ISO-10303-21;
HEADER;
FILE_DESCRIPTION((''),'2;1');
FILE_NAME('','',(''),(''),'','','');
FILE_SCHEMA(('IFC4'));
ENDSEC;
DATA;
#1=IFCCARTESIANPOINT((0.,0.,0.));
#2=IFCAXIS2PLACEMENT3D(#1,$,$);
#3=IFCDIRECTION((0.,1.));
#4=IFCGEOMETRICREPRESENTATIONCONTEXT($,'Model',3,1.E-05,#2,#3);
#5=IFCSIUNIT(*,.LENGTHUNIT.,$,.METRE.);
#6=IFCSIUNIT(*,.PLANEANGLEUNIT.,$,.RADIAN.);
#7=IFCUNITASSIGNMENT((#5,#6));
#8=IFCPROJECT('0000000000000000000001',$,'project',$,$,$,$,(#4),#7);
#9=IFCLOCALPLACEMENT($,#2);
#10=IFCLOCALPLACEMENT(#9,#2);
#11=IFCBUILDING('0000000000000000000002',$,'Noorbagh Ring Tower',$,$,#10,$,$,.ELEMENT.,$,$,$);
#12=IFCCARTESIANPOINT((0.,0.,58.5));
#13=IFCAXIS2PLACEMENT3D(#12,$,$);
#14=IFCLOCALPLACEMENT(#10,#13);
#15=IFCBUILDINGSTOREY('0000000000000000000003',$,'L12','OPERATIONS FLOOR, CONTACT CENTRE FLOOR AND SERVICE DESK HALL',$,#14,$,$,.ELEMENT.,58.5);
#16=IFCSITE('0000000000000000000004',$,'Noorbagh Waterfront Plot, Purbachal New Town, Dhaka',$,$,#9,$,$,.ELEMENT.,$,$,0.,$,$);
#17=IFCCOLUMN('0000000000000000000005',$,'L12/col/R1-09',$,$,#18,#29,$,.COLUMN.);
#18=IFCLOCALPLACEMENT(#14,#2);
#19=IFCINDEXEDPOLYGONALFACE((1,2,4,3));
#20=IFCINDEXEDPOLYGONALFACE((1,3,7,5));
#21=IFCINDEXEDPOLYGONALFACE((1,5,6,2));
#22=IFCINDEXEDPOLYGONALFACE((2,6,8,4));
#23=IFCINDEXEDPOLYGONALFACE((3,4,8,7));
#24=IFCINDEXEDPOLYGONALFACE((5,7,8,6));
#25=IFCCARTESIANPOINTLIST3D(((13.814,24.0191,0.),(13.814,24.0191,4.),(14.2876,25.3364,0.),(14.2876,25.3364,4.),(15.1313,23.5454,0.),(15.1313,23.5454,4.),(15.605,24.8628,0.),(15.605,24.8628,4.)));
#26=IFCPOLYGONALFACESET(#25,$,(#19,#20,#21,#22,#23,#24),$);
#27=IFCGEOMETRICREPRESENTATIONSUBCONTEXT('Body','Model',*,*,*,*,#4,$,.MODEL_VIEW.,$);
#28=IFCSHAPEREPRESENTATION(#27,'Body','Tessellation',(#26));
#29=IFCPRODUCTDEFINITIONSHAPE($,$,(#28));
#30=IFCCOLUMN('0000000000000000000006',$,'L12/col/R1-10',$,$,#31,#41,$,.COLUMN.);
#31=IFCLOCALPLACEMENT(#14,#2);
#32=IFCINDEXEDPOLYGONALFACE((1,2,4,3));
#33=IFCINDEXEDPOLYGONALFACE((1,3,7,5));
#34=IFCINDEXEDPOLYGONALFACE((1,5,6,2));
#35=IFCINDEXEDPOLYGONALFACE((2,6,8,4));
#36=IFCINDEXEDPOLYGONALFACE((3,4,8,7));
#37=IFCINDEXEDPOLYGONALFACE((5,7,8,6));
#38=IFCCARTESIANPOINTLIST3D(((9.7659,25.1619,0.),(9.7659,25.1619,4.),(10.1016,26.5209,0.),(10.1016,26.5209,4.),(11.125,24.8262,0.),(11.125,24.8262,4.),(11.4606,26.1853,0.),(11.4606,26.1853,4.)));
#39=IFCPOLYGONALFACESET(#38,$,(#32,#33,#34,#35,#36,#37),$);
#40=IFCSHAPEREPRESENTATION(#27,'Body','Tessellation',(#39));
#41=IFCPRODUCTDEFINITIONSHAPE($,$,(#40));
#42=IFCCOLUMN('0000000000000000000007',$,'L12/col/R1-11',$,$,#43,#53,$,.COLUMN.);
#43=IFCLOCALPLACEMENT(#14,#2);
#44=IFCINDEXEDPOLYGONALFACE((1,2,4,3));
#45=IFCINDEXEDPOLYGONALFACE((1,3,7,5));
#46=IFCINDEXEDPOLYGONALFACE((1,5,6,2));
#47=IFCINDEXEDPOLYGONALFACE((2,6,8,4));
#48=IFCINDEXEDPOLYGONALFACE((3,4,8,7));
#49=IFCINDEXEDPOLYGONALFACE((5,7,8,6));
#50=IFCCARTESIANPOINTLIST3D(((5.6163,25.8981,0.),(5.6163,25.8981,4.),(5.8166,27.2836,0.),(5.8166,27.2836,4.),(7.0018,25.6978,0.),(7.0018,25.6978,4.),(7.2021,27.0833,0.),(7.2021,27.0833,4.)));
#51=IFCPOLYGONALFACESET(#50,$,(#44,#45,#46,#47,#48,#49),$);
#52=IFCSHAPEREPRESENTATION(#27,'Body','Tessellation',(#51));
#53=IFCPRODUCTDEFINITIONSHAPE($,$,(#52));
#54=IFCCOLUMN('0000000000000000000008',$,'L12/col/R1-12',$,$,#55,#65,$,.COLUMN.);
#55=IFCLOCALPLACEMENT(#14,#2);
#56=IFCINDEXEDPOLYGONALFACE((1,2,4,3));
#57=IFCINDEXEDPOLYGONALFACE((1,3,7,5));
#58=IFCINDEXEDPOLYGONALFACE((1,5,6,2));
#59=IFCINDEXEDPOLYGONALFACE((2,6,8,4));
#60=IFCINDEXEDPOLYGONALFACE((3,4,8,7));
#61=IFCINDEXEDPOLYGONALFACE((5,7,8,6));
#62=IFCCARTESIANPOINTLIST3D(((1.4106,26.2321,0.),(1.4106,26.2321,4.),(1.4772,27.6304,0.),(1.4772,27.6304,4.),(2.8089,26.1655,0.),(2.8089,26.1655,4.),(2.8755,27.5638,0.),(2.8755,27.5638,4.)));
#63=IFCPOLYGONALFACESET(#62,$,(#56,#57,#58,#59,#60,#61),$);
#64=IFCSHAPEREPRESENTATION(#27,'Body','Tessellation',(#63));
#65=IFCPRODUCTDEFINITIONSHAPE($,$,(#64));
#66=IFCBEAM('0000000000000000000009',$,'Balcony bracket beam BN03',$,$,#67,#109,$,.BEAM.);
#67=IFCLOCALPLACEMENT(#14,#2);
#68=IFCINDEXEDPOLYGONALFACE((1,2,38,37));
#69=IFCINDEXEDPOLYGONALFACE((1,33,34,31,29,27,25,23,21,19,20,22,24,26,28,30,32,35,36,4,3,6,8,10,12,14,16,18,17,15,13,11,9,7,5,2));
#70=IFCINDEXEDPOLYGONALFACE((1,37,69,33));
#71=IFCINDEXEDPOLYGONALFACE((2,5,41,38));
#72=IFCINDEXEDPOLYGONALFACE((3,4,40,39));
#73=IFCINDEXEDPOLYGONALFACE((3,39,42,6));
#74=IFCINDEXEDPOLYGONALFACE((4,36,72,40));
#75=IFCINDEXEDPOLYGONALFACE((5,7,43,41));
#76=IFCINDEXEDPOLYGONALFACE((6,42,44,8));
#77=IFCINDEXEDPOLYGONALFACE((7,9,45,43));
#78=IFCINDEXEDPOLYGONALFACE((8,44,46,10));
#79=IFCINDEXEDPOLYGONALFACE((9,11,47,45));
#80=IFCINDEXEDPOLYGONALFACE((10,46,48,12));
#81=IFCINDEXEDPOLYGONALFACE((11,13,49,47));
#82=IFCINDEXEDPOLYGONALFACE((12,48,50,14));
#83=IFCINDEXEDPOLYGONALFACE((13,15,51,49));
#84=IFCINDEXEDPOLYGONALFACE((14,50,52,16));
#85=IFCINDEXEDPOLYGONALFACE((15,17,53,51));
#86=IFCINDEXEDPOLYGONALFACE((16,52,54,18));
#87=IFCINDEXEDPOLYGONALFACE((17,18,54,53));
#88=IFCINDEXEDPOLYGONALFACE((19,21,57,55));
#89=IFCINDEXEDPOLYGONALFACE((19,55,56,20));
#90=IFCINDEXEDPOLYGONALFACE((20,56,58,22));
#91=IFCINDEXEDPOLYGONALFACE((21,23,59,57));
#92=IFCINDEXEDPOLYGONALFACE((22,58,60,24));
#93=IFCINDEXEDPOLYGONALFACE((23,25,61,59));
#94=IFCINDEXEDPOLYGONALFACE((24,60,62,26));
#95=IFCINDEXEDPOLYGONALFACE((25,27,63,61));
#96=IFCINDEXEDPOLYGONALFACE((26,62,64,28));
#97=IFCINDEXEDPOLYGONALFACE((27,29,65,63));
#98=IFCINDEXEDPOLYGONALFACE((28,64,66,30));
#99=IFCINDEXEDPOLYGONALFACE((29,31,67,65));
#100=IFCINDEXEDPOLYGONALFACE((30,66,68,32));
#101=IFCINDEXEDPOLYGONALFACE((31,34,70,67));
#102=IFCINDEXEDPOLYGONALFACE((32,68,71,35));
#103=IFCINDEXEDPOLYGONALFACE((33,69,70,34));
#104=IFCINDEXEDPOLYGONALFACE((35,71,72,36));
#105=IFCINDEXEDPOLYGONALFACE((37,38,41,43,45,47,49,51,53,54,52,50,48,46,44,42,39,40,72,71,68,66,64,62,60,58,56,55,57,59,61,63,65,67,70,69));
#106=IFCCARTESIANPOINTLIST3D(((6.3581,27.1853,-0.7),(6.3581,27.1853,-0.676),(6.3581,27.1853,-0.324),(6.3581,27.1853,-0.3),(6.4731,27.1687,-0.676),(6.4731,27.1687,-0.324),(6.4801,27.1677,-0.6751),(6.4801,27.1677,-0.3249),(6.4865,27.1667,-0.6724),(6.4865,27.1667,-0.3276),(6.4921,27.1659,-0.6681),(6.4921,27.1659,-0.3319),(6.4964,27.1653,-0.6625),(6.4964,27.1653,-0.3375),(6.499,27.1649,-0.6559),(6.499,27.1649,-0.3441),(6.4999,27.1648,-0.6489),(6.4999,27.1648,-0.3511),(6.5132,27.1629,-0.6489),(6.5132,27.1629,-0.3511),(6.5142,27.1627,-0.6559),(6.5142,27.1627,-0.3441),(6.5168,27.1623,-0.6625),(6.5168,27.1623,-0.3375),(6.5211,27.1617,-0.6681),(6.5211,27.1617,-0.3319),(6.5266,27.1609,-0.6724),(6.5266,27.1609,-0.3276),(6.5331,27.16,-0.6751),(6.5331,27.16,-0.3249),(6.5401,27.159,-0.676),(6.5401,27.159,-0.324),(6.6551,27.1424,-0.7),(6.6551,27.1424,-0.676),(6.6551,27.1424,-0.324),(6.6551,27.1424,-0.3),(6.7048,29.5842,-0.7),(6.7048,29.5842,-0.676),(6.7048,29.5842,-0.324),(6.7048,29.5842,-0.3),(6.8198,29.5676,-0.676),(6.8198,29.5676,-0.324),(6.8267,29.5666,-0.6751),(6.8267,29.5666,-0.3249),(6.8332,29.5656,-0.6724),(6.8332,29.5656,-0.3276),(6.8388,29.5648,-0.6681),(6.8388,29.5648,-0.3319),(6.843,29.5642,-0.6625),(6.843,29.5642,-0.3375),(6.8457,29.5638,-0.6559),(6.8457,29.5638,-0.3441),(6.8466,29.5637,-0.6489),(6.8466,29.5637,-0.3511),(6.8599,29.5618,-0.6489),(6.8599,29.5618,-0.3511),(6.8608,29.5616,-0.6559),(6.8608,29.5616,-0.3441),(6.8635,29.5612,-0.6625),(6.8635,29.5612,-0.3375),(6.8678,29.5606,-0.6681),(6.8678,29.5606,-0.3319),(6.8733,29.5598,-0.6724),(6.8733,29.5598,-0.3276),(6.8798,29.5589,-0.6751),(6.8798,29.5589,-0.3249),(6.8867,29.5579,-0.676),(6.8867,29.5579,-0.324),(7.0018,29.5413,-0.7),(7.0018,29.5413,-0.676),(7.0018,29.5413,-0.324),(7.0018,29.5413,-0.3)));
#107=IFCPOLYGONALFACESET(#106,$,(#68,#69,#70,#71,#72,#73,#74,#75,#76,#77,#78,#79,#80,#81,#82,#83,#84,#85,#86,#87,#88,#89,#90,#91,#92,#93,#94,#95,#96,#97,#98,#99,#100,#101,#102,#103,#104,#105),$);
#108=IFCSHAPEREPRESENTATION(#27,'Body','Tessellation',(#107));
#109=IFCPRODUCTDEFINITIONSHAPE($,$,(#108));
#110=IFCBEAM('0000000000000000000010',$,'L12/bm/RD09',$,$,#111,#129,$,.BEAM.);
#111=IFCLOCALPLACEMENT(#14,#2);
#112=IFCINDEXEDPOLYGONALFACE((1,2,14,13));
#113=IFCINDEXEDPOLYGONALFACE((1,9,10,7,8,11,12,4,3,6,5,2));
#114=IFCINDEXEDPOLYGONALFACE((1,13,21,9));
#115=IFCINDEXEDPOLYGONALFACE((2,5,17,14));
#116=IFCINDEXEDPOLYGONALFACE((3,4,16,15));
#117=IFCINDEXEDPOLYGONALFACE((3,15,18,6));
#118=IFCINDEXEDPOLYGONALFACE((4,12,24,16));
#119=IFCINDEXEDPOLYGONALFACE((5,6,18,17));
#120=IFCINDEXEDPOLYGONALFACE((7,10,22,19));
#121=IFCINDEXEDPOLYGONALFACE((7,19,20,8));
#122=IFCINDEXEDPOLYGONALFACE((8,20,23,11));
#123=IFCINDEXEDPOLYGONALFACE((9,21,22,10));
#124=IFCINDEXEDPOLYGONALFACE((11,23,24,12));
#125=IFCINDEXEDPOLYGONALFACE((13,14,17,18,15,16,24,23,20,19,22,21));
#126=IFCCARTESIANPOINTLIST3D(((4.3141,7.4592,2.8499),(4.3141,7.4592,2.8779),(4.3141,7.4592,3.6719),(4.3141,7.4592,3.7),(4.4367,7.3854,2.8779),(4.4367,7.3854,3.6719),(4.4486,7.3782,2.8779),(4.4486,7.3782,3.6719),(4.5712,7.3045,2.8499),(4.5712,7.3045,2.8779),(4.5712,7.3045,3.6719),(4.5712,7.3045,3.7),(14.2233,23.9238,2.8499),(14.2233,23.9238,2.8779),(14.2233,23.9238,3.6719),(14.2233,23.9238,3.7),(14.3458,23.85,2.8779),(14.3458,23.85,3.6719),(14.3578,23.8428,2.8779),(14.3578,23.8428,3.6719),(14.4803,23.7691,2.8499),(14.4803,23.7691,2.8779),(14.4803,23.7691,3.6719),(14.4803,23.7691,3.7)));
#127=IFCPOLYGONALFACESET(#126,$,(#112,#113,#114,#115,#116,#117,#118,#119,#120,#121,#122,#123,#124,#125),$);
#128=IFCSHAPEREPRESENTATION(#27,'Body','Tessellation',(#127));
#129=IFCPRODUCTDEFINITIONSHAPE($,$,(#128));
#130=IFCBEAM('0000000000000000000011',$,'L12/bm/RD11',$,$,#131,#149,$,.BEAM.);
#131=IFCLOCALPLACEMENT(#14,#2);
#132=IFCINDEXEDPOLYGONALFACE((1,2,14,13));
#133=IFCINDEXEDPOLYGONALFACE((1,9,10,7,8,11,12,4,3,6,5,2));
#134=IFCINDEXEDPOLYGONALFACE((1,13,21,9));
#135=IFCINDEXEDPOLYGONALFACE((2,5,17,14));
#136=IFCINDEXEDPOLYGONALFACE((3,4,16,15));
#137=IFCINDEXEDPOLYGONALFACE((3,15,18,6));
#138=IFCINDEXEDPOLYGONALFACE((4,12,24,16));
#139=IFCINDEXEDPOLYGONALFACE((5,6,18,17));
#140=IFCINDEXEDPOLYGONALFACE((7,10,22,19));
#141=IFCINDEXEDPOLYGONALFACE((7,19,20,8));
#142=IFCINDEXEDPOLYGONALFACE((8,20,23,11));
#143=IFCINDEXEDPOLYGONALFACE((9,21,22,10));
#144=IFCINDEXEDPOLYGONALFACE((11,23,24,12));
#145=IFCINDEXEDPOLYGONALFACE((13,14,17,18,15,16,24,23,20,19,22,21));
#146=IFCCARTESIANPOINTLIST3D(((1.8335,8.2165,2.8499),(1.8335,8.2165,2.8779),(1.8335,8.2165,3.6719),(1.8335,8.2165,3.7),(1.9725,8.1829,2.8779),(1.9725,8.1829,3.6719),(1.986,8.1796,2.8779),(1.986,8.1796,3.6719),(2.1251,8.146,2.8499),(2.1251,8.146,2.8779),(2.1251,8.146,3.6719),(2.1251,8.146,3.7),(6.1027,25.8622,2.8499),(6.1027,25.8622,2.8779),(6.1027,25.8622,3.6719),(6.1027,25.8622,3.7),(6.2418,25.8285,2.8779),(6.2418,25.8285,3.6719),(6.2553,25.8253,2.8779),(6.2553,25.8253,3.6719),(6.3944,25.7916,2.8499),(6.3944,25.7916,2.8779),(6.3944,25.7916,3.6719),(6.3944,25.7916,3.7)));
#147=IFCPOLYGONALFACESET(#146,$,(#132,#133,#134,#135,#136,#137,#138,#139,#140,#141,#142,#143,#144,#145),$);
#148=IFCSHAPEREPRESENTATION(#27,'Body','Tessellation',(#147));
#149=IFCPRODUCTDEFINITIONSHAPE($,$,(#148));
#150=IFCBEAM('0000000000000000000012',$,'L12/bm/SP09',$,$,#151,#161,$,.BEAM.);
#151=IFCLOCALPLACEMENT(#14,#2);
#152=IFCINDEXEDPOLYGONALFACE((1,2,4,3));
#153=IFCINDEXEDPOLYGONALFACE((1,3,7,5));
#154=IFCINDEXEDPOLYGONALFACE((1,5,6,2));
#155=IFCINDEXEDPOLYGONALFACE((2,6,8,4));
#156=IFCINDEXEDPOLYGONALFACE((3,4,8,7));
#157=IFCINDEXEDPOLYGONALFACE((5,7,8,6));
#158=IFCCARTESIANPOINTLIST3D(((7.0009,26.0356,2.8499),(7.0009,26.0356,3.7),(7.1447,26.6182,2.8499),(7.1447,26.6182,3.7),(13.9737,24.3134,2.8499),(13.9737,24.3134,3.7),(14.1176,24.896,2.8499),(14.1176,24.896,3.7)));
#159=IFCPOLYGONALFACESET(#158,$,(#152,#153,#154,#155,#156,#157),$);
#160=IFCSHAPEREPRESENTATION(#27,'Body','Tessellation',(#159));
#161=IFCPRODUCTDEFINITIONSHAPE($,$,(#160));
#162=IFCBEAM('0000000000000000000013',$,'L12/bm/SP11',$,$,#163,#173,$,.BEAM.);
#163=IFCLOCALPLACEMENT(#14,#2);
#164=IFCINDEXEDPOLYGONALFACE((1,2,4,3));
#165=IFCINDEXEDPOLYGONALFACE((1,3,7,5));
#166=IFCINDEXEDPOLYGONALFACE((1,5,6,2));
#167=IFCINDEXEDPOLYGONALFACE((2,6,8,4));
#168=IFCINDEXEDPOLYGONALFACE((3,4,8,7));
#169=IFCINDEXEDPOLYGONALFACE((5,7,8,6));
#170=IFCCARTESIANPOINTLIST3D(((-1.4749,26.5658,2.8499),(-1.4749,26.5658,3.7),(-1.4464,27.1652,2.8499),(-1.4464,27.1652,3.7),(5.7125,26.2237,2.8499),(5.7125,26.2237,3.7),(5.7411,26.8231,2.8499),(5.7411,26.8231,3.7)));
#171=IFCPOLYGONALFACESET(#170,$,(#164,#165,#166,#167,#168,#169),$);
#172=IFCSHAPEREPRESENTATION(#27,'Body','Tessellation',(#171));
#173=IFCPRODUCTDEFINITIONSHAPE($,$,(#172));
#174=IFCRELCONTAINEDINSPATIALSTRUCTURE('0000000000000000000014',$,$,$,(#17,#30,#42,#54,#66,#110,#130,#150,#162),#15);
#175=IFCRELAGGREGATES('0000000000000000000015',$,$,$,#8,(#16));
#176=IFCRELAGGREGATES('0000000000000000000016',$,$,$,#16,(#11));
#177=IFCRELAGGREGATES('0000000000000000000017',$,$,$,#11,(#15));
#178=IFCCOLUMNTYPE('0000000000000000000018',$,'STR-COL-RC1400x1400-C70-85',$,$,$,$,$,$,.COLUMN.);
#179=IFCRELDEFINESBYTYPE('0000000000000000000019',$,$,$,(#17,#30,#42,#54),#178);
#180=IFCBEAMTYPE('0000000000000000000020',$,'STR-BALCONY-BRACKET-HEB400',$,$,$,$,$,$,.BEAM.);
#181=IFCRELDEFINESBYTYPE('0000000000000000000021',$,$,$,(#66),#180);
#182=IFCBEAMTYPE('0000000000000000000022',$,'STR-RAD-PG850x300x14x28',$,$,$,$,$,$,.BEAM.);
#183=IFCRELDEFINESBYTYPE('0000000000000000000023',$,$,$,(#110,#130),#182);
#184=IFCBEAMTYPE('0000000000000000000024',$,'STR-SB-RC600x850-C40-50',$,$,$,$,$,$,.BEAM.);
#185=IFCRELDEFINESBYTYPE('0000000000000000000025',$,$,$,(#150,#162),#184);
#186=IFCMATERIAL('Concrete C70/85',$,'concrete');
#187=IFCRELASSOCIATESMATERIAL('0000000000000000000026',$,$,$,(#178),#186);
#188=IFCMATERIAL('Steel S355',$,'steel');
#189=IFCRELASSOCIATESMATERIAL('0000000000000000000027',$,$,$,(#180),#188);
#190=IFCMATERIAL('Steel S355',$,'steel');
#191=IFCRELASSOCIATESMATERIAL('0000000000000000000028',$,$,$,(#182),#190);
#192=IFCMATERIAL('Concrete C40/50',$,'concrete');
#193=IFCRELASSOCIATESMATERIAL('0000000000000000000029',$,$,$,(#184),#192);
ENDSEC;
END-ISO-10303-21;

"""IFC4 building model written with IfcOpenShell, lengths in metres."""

from ifc_helpers import new_model, si_unit, direction, frame, origin, origin_2d, place, context, subcontext, project, spatial, rectangle, i_section, extrude, material, material_profile, profile_set, type_object, element, save


model = new_model("IFC4")

# Units and contexts
model_context = context("Model", 3, precision=1e-05, world=origin(), true_north=direction((0.0, 1.0)))
body_context = subcontext(model_context, "Body", "Model", "MODEL_VIEW")
ifc_project = project(units=[si_unit("LENGTHUNIT", "METRE"), si_unit("PLANEANGLEUNIT", "RADIAN")], contexts=[model_context])

# Site, building, storey
site_placement = place(None, origin())
site = spatial("IfcSite", under=ifc_project, at=site_placement, Name="Noorbagh Waterfront Plot, Purbachal New Town, Dhaka", CompositionType="ELEMENT", RefElevation=0.0)
building_placement = place(site_placement, origin())
building = spatial("IfcBuilding", under=site, at=building_placement, Name="Noorbagh Ring Tower", CompositionType="ELEMENT")
storey_placement = place(building_placement, frame((0.0, 0.0, 58.5)))
storey = spatial("IfcBuildingStorey", under=building, at=storey_placement, Name="L12", Description="OPERATIONS FLOOR, CONTACT CENTRE FLOOR AND SERVICE DESK HALL", CompositionType="ELEMENT", Elevation=58.5)

# Columns
ifc_material_1 = material(Name="Concrete C70/85", Category="concrete")
ifc_material_profile_1 = material_profile(ifc_material_1, rectangle(XDim=1.3999, YDim=1.3999, at=origin_2d()), Name="RC1400x1400")
ifc_profile_set_1 = profile_set([ifc_material_profile_1], Name="Concrete C70/85")
column_type = type_object("IfcColumnType", Name="STR-COL-RC1400x1400-C70-85", PredefinedType="COLUMN", material=ifc_profile_set_1)
for number, where, z_axis, x_axis, name in (
    (1, (14.7095, 24.4409, 0.0), (0.0, 0.0, 1.0), (-0.941025, 0.338338, 0.0), "L12/col/R1-09"),
    (2, (10.6133, 25.6736, 0.0), (0.0, 0.0, 1.0), (-0.970829, 0.239771, 0.0), "L12/col/R1-10"),
    (3, (6.4092, 26.4907, 0.0), (0.0, 0.0, 1.0), (-0.989713, 0.143066, 0.0), "L12/col/R1-11"),
    (4, (2.1431, 26.8979, 0.0), (0.0, 0.0, 1.0), (-0.998869, 0.047553, 0.0), "L12/col/R1-12"),
):
    element("IfcColumn", number, at=place(storey_placement, frame(where, z_axis=z_axis, x_axis=x_axis)), inside=storey, type_object=column_type, Name=name, PredefinedType="COLUMN", context=body_context, shape_type="SweptSolid", body=[
        extrude(rectangle(XDim=1.3999, YDim=1.3999, at=origin_2d()), origin(), (0.0, 0.0, 1.0), 4.0),
    ])

# Beams
ifc_material_2 = material(Name="Steel S355", Category="steel")
ifc_material_profile_2 = material_profile(ifc_material_2, i_section(OverallWidth=0.3, OverallDepth=0.3999, WebThickness=0.0134, FlangeThickness=0.0239, FilletRadius=0.0271, at=origin_2d()), Name="HEB400")
ifc_profile_set_2 = profile_set([ifc_material_profile_2], Name="Steel S355")
beam_type_1 = type_object("IfcBeamType", Name="STR-BALCONY-BRACKET-HEB400", PredefinedType="BEAM", material=ifc_profile_set_2)
beam_1_placement = place(storey_placement, frame((6.5066, 27.1638, -0.5), z_axis=(0.143029, 0.989719, 0.0), x_axis=(-0.989719, 0.143029, 0.0)))
element("IfcBeam", 5, at=beam_1_placement, inside=storey, type_object=beam_type_1, Name="Balcony bracket beam BN03", PredefinedType="BEAM", context=body_context, shape_type="SweptSolid", body=[
    extrude(i_section(OverallWidth=0.3, OverallDepth=0.3999, WebThickness=0.0134, FlangeThickness=0.0239, FilletRadius=0.0271, at=origin_2d()), origin(), (0.0, 0.0, 1.0), 2.4238),
])
ifc_material_3 = material(Name="Steel S355", Category="steel")
ifc_material_profile_3 = material_profile(ifc_material_3, i_section(OverallWidth=0.3, OverallDepth=0.8501, WebThickness=0.0139, FlangeThickness=0.0281, at=origin_2d()), Name="PG850x300x14x28")
ifc_profile_set_3 = profile_set([ifc_material_profile_3], Name="Steel S355")
beam_type_2 = type_object("IfcBeamType", Name="STR-RAD-PG850x300x14x28", PredefinedType="BEAM", material=ifc_profile_set_3)
beam_2_placement = place(storey_placement, frame((14.3518, 23.8464, 3.2749), z_axis=(-0.515659, -0.856794, 0.0), x_axis=(0.856794, -0.515659, 0.0)))
element("IfcBeam", 6, at=beam_2_placement, inside=storey, type_object=beam_type_2, Name="L12/bm/RD09", PredefinedType="BEAM", context=body_context, shape_type="SweptSolid", body=[
    extrude(i_section(OverallWidth=0.3, OverallDepth=0.8501, WebThickness=0.0139, FlangeThickness=0.0281, at=origin_2d()), origin(), (0.0, 0.0, 1.0), 19.2166),
])
beam_3_placement = place(storey_placement, frame((6.2485, 25.8269, 3.2749), z_axis=(-0.235159, -0.971957, 0.0), x_axis=(0.971957, -0.235159, 0.0)))
element("IfcBeam", 7, at=beam_3_placement, inside=storey, type_object=beam_type_2, Name="L12/bm/RD11", PredefinedType="BEAM", context=body_context, shape_type="SweptSolid", body=[
    extrude(i_section(OverallWidth=0.3, OverallDepth=0.8501, WebThickness=0.0139, FlangeThickness=0.0281, at=origin_2d()), origin(), (0.0, 0.0, 1.0), 18.1548),
])
ifc_material_4 = material(Name="Concrete C40/50", Category="concrete")
ifc_material_profile_4 = material_profile(ifc_material_4, rectangle(XDim=0.6001, YDim=0.8501, at=origin_2d()), Name="RC600x850")
ifc_profile_set_4 = profile_set([ifc_material_profile_4], Name="Concrete C40/50")
beam_type_3 = type_object("IfcBeamType", Name="STR-SB-RC600x850-C40-50", PredefinedType="BEAM", material=ifc_profile_set_4)
beam_4_placement = place(storey_placement, frame((14.0457, 24.6047, 3.2749), z_axis=(-0.970828, 0.239775, 0.0), x_axis=(-0.239775, -0.970828, 0.0)))
element("IfcBeam", 8, at=beam_4_placement, inside=storey, type_object=beam_type_3, Name="L12/bm/SP09", PredefinedType="BEAM", context=body_context, shape_type="SweptSolid", body=[
    extrude(rectangle(XDim=0.6001, YDim=0.8501, at=origin_2d()), origin(), (0.0, 0.0, 1.0), 7.1824),
])
beam_5_placement = place(storey_placement, frame((5.7268, 26.5234, 3.2749), z_axis=(-0.99887, 0.047535, 0.0), x_axis=(-0.047535, -0.99887, 0.0)))
element("IfcBeam", 9, at=beam_5_placement, inside=storey, type_object=beam_type_3, Name="L12/bm/SP11", PredefinedType="BEAM", context=body_context, shape_type="SweptSolid", body=[
    extrude(rectangle(XDim=0.6001, YDim=0.8501, at=origin_2d()), origin(), (0.0, 0.0, 1.0), 7.1956),
])

save(model, "model.ifc")
